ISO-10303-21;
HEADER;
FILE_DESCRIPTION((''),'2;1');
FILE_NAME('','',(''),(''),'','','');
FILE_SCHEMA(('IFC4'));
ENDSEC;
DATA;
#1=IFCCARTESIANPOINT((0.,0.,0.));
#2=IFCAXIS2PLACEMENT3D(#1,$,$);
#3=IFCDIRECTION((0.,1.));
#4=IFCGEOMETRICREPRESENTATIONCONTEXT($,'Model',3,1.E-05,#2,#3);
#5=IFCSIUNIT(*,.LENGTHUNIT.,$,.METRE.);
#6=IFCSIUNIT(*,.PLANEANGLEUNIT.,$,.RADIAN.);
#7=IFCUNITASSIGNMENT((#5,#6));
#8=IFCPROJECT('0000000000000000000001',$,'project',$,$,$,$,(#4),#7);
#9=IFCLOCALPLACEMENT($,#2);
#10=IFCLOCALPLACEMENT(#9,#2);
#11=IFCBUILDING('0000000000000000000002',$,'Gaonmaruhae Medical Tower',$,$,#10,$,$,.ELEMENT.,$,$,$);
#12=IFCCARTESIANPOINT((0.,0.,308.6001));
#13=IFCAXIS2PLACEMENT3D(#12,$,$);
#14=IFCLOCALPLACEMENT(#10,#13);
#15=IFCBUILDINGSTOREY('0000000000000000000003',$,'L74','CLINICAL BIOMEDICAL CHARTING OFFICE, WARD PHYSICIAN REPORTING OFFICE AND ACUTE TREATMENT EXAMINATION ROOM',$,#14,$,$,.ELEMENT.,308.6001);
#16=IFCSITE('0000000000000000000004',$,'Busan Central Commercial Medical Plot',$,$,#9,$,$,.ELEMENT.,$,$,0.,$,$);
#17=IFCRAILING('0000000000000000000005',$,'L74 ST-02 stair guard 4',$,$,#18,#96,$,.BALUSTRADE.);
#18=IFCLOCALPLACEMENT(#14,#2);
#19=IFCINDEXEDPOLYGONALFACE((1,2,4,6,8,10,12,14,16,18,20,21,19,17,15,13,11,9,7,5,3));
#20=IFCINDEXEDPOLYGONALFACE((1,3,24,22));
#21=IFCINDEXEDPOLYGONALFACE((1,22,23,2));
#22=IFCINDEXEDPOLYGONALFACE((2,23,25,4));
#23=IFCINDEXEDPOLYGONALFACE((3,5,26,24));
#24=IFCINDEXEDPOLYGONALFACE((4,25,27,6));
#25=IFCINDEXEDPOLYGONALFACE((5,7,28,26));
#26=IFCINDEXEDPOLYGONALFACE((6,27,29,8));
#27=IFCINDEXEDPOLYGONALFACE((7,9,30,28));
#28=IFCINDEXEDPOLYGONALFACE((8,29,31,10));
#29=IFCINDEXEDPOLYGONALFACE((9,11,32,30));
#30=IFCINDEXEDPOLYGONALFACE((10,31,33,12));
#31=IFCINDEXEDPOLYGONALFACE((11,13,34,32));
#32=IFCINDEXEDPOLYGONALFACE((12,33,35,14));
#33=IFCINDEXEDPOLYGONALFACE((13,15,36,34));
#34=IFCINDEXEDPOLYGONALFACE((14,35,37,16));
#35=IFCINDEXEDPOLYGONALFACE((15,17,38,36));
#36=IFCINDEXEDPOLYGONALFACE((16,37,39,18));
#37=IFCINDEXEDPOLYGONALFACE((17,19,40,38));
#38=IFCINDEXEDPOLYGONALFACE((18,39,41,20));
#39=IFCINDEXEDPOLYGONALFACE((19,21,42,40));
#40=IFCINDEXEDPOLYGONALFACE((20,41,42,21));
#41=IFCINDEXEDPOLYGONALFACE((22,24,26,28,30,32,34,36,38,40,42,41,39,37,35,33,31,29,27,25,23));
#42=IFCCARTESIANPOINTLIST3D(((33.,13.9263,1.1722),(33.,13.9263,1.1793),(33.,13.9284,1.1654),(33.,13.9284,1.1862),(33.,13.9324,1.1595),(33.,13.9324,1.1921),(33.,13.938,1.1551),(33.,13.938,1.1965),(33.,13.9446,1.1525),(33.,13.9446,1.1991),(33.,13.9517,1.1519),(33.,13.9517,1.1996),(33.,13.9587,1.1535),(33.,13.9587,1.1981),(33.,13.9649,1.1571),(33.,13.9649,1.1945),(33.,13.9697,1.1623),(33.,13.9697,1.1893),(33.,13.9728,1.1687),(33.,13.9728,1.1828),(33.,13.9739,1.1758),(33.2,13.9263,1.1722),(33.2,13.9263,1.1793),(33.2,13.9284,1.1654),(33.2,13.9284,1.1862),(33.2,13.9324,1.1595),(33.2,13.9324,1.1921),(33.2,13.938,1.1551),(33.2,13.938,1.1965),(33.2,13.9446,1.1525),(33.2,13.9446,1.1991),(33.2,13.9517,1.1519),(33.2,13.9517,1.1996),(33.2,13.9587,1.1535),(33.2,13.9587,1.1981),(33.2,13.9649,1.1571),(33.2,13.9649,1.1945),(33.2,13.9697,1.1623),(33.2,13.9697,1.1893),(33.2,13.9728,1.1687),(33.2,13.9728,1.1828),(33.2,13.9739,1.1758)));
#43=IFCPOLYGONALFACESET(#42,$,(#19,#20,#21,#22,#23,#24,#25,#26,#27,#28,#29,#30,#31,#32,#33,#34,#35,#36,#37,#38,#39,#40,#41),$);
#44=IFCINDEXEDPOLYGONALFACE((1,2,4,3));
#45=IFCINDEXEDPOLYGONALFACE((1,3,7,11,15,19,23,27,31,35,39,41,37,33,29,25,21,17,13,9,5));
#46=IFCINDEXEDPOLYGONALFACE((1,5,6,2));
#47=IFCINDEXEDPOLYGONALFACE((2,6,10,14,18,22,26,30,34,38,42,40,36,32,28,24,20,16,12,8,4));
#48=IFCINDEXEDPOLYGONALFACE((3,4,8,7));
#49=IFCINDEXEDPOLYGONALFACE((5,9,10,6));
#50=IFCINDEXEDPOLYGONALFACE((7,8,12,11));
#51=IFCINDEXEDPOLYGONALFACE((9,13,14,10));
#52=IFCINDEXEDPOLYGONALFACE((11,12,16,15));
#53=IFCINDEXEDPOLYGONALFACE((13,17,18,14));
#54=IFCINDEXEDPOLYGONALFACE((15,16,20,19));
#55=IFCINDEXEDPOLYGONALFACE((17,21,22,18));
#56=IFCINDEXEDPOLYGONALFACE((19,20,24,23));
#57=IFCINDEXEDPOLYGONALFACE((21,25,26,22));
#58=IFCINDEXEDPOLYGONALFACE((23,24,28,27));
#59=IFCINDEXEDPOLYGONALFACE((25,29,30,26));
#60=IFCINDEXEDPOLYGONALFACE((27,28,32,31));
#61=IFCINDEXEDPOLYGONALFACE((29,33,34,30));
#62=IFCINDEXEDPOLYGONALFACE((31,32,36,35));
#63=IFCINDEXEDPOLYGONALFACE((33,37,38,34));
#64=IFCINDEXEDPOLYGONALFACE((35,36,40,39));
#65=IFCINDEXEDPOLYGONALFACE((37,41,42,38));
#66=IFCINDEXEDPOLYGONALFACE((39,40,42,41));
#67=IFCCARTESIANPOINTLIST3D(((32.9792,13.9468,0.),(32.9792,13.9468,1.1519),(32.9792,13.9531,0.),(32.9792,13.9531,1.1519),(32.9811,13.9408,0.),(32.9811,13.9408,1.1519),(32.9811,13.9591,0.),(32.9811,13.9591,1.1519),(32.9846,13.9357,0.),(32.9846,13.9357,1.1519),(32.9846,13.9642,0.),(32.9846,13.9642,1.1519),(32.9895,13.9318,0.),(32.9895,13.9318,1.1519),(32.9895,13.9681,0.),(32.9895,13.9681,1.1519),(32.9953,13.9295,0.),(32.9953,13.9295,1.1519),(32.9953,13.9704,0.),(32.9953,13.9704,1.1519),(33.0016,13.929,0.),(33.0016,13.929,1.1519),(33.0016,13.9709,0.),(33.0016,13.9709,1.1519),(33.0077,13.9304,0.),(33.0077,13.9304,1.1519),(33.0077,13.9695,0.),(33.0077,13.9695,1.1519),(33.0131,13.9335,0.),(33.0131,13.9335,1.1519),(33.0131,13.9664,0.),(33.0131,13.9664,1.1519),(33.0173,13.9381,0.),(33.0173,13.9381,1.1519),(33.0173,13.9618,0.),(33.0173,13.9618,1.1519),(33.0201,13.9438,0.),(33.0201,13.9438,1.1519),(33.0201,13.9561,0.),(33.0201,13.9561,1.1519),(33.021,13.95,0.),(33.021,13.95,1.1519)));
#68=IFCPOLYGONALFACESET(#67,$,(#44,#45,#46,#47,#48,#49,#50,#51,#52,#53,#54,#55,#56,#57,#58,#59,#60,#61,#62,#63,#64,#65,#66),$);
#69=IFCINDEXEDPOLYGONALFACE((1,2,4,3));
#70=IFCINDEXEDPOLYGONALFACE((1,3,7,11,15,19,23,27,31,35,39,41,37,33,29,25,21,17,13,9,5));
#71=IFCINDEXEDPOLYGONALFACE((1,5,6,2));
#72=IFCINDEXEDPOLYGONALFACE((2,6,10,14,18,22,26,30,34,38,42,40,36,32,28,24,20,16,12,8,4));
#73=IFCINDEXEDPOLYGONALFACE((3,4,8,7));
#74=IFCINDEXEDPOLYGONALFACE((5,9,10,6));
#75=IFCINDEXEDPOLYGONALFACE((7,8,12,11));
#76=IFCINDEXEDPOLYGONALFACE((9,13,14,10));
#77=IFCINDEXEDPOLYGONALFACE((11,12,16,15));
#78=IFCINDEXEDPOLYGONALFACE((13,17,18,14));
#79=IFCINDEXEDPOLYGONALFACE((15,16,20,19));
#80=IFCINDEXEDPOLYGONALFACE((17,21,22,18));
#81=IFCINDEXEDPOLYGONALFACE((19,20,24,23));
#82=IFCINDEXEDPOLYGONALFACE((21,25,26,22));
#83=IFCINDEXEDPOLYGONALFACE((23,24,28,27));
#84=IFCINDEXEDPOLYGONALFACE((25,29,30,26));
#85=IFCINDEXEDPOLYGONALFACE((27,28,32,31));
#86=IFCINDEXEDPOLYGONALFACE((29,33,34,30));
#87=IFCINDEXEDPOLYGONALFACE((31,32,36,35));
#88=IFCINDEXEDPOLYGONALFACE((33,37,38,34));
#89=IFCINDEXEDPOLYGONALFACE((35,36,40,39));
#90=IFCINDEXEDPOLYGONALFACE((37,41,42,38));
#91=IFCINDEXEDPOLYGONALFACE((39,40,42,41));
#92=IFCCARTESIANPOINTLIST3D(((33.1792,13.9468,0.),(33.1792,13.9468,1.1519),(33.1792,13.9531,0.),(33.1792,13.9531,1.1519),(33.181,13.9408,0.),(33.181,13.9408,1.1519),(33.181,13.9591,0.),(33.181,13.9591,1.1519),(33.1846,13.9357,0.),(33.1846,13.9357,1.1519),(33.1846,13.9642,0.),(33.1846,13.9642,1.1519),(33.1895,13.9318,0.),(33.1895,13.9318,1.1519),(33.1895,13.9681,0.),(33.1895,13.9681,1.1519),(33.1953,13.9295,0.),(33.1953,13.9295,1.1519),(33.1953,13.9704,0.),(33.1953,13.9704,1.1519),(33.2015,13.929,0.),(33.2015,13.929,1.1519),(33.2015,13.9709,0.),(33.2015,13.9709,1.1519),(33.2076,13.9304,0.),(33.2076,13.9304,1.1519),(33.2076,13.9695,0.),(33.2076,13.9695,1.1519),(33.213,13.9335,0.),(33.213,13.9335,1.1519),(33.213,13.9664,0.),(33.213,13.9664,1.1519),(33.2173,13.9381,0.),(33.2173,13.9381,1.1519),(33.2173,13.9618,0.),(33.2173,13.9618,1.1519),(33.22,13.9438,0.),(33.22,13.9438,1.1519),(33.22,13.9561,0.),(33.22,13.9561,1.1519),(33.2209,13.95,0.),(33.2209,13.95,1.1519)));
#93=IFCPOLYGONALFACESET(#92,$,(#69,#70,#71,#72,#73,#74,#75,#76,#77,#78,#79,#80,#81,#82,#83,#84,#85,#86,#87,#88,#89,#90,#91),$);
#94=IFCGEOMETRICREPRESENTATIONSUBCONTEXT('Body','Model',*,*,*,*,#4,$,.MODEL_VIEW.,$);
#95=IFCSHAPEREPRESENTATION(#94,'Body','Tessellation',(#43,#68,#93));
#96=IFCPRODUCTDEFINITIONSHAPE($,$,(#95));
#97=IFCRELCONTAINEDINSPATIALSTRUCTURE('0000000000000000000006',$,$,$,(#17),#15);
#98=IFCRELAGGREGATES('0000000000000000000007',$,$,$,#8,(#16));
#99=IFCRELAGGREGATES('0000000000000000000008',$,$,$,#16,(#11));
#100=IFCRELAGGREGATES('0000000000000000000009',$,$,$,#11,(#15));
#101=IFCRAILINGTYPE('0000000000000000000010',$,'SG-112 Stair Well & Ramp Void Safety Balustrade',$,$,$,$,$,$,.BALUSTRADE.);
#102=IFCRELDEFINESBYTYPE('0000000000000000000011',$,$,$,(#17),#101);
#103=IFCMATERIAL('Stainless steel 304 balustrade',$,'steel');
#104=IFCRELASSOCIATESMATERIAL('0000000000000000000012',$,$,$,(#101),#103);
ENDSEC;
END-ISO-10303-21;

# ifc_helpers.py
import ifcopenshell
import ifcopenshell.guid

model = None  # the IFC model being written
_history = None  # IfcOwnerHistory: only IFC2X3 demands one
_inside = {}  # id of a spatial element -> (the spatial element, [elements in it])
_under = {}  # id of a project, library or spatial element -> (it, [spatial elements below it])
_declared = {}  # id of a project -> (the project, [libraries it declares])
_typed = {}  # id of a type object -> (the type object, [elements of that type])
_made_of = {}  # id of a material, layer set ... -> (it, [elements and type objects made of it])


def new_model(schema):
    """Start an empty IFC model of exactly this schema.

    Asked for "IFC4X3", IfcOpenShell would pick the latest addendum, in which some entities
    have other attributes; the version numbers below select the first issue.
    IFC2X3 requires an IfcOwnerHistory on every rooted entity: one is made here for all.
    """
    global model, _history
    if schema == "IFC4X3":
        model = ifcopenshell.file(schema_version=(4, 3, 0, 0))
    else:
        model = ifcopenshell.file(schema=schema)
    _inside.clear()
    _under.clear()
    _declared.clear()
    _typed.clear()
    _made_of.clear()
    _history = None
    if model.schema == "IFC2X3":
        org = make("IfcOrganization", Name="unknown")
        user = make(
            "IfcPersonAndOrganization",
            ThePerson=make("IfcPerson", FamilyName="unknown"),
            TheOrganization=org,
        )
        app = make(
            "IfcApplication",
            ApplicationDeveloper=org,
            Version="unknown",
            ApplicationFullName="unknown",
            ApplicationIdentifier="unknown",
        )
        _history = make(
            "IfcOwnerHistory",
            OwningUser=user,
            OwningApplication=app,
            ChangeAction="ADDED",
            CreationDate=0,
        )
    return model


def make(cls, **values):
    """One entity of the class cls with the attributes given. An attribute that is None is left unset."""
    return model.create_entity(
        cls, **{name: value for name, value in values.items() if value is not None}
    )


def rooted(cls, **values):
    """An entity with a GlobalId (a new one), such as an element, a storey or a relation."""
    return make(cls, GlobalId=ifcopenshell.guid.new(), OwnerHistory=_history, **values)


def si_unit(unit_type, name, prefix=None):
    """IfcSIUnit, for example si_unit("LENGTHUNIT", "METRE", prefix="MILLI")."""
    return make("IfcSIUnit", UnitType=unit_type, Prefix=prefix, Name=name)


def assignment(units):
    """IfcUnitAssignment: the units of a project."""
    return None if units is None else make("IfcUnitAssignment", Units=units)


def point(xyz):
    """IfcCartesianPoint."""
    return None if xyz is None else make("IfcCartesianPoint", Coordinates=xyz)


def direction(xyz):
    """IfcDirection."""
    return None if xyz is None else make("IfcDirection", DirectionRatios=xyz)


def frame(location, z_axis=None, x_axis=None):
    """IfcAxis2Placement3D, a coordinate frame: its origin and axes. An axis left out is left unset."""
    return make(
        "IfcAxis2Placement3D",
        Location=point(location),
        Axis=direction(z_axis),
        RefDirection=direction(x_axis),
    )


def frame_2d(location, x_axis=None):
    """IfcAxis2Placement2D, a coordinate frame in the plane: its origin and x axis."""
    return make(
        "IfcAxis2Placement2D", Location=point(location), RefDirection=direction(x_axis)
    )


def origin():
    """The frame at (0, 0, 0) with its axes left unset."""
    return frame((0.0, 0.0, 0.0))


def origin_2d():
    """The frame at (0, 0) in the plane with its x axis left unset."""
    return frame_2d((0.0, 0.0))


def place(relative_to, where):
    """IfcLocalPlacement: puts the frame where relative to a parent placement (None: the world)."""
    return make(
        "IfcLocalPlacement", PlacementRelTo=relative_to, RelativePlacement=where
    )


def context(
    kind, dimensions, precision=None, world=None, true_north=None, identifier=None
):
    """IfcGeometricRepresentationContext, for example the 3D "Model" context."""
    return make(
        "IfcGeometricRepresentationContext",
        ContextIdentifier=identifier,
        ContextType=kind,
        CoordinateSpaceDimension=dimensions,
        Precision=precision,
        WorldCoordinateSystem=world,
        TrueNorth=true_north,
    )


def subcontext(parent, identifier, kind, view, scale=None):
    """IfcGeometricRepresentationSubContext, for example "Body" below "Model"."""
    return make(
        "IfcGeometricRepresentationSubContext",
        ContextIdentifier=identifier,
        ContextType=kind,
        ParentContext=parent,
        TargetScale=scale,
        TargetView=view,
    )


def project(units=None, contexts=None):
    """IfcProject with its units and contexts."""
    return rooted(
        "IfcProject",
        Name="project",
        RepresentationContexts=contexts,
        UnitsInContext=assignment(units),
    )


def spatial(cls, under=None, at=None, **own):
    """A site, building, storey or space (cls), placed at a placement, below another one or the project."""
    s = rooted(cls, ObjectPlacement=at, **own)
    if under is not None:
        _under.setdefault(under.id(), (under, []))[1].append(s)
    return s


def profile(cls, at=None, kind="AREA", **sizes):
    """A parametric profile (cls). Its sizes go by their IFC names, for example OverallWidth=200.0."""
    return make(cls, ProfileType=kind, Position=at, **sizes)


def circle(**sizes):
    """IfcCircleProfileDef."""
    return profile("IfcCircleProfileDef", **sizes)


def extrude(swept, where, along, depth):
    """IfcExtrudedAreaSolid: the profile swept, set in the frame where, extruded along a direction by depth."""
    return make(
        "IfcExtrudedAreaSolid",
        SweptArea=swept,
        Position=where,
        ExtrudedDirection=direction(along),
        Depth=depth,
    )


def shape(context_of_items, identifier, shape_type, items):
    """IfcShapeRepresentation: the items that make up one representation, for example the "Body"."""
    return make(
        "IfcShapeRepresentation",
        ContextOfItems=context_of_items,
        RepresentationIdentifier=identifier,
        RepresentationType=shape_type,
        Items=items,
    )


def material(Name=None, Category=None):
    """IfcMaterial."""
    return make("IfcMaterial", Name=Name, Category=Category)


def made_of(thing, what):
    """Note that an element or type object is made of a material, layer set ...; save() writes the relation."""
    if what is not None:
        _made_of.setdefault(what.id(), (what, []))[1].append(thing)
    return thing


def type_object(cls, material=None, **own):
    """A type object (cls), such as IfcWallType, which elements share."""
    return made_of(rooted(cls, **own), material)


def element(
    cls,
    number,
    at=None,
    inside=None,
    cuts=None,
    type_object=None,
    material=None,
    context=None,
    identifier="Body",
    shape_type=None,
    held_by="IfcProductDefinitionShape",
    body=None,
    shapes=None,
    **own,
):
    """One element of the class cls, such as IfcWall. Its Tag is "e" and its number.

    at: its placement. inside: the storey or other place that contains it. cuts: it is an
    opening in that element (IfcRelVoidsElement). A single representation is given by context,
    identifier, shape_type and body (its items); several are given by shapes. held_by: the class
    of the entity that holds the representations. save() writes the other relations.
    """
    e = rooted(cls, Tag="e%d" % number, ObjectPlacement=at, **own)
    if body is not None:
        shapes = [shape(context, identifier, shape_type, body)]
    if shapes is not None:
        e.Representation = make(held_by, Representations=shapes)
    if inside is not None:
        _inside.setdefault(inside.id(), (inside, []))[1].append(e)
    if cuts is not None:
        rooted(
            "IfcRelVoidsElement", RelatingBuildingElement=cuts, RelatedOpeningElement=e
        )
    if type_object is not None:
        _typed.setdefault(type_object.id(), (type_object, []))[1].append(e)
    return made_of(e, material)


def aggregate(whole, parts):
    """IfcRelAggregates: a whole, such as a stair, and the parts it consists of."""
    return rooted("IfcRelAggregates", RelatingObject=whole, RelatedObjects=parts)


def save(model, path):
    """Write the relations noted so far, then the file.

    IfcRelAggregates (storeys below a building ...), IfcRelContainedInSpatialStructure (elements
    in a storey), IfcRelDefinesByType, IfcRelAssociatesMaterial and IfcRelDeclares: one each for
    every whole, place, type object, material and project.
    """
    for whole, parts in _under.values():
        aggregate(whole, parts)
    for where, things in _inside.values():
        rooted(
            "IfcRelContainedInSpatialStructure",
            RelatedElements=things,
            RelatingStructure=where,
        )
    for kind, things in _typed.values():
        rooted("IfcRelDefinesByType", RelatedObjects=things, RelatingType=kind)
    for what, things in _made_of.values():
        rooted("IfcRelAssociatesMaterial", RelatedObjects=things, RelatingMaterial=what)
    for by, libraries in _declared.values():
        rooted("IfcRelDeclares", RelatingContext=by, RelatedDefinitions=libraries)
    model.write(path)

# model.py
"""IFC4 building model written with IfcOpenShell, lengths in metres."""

from ifc_helpers import new_model, si_unit, direction, frame, origin, origin_2d, place, context, subcontext, project, spatial, circle, extrude, material, type_object, element, save


model = new_model("IFC4")

# Units and contexts
model_context = context("Model", 3, precision=1e-05, world=origin(), true_north=direction((0.0, 1.0)))
body_context = subcontext(model_context, "Body", "Model", "MODEL_VIEW")
ifc_project = project(units=[si_unit("LENGTHUNIT", "METRE"), si_unit("PLANEANGLEUNIT", "RADIAN")], contexts=[model_context])

# Site, building, storey
site_placement = place(None, origin())
site = spatial("IfcSite", under=ifc_project, at=site_placement, Name="Busan Central Commercial Medical Plot", CompositionType="ELEMENT", RefElevation=0.0)
building_placement = place(site_placement, origin())
building = spatial("IfcBuilding", under=site, at=building_placement, Name="Gaonmaruhae Medical Tower", CompositionType="ELEMENT")
storey_placement = place(building_placement, frame((0.0, 0.0, 308.6001)))
storey = spatial("IfcBuildingStorey", under=building, at=storey_placement, Name="L74", Description="CLINICAL BIOMEDICAL CHARTING OFFICE, WARD PHYSICIAN REPORTING OFFICE AND ACUTE TREATMENT EXAMINATION ROOM", CompositionType="ELEMENT", Elevation=308.6001)

# Railing
ifc_material_1 = material(Name="Stainless steel 304 balustrade", Category="steel")
railing_type_1 = type_object("IfcRailingType", Name="SG-112 Stair Well & Ramp Void Safety Balustrade", PredefinedType="BALUSTRADE", material=ifc_material_1)
railing_1_placement = place(storey_placement, frame((33.0, 13.95, 0.0)))
element("IfcRailing", 1, at=railing_1_placement, inside=storey, type_object=railing_type_1, Name="L74 ST-02 stair guard 4", PredefinedType="BALUSTRADE", context=body_context, shape_type="SweptSolid", body=[
    extrude(circle(Radius=0.0239, at=origin_2d()), frame((0.0, 0.0, 1.1758), z_axis=(1.0, 0.0, 0.0), x_axis=(0.0, 1.0, 0.0)), (0.0, 0.0, 1.0), 0.2),
    extrude(circle(Radius=0.021, at=origin_2d()), origin(), (0.0, 0.0, 1.0), 1.1519),
    extrude(circle(Radius=0.021, at=origin_2d()), frame((0.2, 0.0, 0.0)), (0.0, 0.0, 1.0), 1.1519),
])

save(model, "model.ifc")
